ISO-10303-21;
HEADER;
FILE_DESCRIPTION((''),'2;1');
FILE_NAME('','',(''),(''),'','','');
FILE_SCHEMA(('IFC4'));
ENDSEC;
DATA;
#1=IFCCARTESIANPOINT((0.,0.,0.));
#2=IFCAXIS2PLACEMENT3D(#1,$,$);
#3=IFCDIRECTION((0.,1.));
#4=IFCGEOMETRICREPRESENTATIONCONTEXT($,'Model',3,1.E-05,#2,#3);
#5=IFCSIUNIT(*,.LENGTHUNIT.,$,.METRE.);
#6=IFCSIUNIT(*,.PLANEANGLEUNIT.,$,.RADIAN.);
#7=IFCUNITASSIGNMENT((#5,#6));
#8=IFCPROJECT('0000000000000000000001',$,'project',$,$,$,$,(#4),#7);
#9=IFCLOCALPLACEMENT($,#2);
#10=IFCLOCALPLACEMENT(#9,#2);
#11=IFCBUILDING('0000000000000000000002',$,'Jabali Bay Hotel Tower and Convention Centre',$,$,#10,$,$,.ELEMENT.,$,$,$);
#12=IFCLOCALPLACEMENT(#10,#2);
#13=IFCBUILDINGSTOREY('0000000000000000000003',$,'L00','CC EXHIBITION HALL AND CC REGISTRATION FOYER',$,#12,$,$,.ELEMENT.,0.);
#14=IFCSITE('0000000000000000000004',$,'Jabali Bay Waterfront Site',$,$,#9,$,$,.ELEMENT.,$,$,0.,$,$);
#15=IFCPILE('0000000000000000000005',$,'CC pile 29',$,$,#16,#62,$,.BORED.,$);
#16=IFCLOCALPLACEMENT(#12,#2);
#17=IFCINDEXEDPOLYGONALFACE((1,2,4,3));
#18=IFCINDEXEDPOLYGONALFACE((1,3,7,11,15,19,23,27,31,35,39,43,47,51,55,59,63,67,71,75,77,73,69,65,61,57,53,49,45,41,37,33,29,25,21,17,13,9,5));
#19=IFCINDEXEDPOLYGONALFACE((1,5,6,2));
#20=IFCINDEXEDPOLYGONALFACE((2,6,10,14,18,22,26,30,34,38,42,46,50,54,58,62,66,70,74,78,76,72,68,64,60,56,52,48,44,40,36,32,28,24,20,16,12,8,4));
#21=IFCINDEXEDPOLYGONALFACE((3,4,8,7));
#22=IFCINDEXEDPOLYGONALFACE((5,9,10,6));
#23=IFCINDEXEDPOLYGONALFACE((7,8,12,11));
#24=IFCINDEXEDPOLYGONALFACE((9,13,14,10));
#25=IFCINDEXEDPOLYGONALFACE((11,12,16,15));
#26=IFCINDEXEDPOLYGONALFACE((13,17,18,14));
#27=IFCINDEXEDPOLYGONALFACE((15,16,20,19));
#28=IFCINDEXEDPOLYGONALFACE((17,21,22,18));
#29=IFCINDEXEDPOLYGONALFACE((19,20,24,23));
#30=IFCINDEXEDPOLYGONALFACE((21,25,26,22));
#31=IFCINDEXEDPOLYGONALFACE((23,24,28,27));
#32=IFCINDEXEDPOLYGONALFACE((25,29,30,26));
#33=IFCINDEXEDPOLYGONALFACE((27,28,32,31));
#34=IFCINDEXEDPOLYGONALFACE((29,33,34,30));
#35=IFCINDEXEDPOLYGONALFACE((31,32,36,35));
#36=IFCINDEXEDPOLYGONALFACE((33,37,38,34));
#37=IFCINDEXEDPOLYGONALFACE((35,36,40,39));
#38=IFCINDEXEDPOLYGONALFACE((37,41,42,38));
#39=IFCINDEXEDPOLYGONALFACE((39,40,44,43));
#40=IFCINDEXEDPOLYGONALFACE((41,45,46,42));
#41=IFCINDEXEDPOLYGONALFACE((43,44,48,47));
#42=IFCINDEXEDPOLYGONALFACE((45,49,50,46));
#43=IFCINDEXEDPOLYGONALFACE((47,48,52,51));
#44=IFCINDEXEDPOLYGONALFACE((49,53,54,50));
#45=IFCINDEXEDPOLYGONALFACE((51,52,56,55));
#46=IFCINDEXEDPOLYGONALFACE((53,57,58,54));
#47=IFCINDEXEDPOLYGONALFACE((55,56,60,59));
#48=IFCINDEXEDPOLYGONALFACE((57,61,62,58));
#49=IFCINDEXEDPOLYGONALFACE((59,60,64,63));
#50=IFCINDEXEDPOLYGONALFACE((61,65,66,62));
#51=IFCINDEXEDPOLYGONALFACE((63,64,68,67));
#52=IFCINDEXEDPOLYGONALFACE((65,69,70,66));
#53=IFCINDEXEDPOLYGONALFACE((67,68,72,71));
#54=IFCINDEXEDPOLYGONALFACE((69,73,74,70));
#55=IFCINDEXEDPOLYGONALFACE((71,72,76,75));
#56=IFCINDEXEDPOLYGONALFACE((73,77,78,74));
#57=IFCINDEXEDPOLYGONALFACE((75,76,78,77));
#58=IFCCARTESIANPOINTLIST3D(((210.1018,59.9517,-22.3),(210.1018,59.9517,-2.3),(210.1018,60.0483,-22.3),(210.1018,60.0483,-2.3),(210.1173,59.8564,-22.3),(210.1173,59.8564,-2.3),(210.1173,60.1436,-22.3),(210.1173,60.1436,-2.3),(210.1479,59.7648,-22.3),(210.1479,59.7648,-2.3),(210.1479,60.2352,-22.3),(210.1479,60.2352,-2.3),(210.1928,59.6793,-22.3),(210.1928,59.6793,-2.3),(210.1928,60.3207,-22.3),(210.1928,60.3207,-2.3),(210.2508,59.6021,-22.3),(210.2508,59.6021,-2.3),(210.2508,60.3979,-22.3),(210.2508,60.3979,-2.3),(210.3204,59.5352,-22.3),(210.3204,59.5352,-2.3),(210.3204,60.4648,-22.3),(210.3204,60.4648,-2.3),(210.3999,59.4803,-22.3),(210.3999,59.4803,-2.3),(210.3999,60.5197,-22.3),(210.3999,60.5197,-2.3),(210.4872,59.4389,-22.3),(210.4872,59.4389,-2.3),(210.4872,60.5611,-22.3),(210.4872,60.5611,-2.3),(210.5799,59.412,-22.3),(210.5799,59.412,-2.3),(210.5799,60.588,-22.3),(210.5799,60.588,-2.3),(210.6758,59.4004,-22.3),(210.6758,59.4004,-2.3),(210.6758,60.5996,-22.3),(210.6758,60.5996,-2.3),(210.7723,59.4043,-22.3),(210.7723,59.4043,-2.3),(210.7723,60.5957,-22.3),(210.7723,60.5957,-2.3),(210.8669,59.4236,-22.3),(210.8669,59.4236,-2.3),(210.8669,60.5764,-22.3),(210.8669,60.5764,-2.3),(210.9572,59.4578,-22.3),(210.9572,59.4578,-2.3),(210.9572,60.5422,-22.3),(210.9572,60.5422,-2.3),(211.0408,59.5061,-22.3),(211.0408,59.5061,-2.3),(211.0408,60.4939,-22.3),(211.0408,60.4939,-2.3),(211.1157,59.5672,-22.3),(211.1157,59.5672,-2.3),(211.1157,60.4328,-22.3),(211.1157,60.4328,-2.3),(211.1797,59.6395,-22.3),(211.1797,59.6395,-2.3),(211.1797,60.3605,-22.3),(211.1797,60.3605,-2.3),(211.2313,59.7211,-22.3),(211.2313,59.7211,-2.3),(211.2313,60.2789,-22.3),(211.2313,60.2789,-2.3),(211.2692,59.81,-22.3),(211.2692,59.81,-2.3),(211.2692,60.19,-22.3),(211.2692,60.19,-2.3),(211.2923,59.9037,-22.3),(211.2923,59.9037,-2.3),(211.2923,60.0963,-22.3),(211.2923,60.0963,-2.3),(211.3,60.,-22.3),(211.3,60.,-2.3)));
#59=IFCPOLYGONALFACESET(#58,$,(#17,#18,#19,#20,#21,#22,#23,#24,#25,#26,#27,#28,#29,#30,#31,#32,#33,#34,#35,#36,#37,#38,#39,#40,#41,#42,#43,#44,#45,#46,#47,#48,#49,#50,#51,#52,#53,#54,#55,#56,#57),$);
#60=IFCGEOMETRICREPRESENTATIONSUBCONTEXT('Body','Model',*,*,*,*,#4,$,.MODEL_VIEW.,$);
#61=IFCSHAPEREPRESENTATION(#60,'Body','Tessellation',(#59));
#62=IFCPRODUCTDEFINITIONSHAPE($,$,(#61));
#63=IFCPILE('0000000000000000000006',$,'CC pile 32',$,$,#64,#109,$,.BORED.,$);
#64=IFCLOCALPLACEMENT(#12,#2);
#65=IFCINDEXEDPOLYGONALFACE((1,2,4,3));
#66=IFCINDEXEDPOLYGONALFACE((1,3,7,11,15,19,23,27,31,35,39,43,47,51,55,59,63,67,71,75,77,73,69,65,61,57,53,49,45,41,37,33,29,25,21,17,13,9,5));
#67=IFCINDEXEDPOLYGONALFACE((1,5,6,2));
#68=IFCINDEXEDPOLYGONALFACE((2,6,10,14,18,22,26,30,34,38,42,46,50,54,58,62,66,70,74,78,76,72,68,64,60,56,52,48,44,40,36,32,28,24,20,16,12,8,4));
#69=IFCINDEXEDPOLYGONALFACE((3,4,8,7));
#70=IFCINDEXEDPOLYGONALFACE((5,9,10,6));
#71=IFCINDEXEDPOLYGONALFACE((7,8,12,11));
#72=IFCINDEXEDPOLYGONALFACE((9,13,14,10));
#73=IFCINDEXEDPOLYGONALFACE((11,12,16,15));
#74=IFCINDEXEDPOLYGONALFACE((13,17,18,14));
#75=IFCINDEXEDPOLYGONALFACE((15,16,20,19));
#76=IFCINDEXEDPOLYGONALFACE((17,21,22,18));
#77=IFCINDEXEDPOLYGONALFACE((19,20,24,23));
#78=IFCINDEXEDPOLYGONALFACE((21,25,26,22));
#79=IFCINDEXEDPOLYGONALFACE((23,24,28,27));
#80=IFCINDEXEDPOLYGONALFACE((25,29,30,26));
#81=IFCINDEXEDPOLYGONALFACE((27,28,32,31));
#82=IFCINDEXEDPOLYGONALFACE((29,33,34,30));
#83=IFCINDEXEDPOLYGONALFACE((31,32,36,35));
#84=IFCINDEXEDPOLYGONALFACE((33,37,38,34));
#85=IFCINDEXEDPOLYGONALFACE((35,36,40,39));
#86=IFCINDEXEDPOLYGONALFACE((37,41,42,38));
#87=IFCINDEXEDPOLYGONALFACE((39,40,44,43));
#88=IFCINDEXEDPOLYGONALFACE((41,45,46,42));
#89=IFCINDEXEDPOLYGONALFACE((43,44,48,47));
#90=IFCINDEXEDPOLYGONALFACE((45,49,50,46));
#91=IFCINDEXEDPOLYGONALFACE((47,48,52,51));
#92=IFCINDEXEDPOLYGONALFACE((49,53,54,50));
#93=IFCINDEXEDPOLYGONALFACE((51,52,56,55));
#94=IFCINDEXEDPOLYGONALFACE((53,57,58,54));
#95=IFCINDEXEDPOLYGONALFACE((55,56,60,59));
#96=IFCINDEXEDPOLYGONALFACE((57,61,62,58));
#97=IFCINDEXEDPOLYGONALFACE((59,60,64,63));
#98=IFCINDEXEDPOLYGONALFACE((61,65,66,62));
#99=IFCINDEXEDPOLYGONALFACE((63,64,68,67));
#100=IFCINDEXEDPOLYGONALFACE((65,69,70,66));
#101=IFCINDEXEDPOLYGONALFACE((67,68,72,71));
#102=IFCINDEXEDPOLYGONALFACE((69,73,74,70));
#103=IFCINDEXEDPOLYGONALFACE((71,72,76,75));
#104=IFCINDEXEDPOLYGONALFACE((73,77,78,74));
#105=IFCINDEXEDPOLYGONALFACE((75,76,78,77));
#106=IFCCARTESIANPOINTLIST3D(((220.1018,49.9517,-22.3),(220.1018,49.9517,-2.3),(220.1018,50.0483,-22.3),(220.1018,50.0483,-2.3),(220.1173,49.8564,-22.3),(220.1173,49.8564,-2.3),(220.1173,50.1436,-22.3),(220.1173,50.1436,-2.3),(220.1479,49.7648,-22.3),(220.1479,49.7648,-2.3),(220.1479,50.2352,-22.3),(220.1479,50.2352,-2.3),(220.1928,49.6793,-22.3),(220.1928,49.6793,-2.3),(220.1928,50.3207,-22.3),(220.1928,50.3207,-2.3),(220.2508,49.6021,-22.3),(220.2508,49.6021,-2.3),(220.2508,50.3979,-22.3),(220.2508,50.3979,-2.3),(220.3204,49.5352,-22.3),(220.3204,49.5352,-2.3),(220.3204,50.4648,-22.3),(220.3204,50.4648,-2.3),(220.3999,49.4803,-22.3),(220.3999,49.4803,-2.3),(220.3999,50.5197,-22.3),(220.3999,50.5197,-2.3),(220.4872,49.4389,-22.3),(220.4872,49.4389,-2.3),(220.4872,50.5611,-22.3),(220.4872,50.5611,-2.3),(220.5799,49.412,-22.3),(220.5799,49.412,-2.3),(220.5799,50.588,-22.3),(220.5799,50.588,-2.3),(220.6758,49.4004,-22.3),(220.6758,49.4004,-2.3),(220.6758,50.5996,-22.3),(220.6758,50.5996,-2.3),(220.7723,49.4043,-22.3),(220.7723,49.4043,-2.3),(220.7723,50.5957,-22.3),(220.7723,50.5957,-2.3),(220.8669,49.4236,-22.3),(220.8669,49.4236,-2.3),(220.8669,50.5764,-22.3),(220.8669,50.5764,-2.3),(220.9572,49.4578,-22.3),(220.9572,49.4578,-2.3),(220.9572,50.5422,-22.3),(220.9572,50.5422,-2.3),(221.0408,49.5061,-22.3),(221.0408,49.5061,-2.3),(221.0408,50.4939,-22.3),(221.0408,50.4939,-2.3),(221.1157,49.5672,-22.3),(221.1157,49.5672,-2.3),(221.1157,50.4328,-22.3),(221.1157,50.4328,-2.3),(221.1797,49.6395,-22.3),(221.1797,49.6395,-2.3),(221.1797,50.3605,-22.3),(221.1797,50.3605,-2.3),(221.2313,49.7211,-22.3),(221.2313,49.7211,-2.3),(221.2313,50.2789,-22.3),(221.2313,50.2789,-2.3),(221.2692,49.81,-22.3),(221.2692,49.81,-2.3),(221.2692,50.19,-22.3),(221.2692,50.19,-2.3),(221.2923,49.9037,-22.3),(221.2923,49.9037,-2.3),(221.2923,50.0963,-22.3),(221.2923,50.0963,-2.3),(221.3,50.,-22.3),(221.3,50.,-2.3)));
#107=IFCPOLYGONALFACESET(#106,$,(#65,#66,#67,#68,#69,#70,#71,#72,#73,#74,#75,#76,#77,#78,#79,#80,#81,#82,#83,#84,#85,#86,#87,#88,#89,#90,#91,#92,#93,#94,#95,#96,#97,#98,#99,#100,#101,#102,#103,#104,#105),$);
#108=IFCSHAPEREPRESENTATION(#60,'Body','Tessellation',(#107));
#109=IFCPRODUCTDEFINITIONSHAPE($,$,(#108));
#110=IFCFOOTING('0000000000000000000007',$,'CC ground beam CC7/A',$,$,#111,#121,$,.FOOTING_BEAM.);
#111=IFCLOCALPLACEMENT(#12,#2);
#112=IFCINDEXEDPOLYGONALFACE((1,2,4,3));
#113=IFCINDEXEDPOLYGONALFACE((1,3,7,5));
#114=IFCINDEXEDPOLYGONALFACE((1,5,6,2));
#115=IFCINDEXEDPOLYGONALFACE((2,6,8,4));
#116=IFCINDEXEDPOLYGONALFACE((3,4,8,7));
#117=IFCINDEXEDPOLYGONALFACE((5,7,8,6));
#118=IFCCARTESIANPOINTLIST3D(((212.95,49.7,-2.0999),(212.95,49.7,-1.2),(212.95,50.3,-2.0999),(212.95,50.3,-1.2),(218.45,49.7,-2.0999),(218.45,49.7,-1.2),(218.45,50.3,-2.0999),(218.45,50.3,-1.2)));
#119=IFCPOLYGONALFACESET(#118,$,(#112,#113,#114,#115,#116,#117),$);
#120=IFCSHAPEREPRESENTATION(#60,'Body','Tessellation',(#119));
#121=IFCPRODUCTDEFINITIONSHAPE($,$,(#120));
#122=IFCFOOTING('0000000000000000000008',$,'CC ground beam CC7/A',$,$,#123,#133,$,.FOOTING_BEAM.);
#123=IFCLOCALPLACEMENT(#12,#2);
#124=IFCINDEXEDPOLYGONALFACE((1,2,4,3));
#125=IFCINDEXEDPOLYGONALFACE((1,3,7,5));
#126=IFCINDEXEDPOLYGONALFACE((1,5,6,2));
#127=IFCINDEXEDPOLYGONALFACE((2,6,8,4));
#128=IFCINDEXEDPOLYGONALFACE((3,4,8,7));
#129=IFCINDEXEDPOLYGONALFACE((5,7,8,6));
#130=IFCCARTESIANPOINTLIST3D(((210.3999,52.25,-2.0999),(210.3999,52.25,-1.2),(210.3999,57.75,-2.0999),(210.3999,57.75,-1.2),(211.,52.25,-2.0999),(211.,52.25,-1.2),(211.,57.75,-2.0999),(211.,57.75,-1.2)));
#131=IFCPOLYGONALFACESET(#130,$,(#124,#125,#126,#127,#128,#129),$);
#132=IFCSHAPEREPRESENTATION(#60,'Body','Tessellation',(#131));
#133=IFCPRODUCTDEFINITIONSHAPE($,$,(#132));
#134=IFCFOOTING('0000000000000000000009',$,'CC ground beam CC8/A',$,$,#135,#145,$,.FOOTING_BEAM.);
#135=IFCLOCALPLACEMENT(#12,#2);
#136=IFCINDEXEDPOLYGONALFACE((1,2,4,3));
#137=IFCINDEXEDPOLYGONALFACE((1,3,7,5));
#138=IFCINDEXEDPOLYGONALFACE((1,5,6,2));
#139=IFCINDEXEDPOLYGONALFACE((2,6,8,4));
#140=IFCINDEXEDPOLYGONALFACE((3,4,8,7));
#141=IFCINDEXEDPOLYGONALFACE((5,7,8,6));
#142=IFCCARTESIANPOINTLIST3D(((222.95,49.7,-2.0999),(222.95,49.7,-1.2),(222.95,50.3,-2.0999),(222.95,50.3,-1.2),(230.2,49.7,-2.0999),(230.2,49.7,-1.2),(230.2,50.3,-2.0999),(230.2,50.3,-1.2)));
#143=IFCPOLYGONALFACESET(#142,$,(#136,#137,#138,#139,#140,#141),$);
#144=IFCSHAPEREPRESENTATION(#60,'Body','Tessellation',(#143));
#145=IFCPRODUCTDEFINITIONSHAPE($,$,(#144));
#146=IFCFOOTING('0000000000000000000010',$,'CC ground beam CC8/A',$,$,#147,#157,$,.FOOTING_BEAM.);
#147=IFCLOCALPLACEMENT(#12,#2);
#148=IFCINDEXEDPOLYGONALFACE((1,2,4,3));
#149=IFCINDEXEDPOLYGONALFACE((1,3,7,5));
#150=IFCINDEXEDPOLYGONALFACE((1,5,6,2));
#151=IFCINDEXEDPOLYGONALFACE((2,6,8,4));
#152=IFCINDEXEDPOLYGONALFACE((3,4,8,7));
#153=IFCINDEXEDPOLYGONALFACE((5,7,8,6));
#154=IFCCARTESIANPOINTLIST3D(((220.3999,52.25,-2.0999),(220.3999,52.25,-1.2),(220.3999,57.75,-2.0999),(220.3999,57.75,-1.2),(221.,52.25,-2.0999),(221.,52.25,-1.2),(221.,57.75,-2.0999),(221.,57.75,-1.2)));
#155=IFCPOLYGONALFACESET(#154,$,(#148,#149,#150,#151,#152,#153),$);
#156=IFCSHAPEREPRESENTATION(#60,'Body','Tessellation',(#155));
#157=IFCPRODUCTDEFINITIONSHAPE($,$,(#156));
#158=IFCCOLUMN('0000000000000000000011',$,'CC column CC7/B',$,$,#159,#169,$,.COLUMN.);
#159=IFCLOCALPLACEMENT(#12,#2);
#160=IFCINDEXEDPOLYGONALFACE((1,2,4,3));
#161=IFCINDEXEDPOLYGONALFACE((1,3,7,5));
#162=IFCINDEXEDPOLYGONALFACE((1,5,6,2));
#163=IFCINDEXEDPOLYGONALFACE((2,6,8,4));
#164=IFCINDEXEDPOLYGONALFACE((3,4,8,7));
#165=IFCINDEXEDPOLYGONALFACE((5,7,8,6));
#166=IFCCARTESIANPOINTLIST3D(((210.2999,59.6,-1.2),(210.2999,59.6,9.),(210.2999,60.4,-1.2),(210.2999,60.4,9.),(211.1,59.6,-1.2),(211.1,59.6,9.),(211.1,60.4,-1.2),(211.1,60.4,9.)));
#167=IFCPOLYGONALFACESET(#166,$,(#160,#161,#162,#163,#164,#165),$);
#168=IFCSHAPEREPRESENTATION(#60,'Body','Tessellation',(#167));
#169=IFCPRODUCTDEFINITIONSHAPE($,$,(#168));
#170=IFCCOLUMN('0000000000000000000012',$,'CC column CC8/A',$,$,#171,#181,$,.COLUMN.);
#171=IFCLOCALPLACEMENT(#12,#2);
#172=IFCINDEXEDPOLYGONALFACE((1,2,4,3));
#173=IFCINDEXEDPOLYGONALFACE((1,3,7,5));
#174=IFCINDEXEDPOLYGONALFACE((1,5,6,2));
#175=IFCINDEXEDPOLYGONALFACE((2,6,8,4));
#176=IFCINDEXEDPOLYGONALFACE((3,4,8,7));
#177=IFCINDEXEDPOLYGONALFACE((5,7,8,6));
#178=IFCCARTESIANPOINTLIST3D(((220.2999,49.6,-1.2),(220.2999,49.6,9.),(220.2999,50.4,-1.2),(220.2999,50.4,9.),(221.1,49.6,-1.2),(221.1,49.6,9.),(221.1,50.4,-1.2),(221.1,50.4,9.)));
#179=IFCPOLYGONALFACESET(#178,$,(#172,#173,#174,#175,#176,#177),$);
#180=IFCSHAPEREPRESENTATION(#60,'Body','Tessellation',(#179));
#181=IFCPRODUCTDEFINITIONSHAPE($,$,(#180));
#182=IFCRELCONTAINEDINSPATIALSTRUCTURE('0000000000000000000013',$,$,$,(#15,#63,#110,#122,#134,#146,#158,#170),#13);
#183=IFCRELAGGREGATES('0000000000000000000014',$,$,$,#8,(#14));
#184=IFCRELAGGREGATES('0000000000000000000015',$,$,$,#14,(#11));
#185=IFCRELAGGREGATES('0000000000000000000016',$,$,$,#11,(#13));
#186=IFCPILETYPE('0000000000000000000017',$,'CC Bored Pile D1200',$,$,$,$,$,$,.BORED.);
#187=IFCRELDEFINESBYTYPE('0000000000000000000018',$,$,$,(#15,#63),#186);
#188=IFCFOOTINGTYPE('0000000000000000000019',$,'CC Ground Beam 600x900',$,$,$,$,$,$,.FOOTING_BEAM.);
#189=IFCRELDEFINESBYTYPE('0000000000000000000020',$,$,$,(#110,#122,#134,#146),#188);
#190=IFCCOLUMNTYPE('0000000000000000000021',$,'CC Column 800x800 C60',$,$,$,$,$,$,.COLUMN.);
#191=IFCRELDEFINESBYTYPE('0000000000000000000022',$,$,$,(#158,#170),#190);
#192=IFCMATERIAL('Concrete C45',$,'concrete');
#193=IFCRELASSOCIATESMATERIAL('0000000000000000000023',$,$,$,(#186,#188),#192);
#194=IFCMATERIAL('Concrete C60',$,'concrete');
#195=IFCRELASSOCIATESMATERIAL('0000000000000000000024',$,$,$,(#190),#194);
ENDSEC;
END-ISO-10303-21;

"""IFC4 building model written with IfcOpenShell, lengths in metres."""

from ifc_helpers import new_model, si_unit, direction, frame, origin, origin_2d, place, context, subcontext, project, spatial, rectangle, circle, extrude, material, material_profile, profile_set, type_object, element, save


model = new_model("IFC4")

# Units and contexts
model_context = context("Model", 3, precision=1e-05, world=origin(), true_north=direction((0.0, 1.0)))
body_context = subcontext(model_context, "Body", "Model", "MODEL_VIEW")
ifc_project = project(units=[si_unit("LENGTHUNIT", "METRE"), si_unit("PLANEANGLEUNIT", "RADIAN")], contexts=[model_context])

# Site, building, storey
site_placement = place(None, origin())
site = spatial("IfcSite", under=ifc_project, at=site_placement, Name="Jabali Bay Waterfront Site", CompositionType="ELEMENT", RefElevation=0.0)
building_placement = place(site_placement, origin())
building = spatial("IfcBuilding", under=site, at=building_placement, Name="Jabali Bay Hotel Tower and Convention Centre", CompositionType="ELEMENT")
storey_placement = place(building_placement, origin())
storey = spatial("IfcBuildingStorey", under=building, at=storey_placement, Name="L00", Description="CC EXHIBITION HALL AND CC REGISTRATION FOYER", CompositionType="ELEMENT", Elevation=0.0)

# Piles
ifc_material_1 = material(Name="Concrete C45", Category="concrete")
ifc_material_profile_1 = material_profile(ifc_material_1, circle(Radius=0.6001, at=origin_2d()), Name="D1200")
ifc_profile_set_1 = profile_set([ifc_material_profile_1], Name="Concrete C45")
pile_type = type_object("IfcPileType", Name="CC Bored Pile D1200", PredefinedType="BORED", material=ifc_profile_set_1)
for number, where, z_axis, x_axis, name in (
    (1, (210.7, 60.0, -2.3), (0.0, 0.0, -1.0), (1.0, 0.0, 0.0), "CC pile 29"),
    (2, (220.7, 50.0, -2.3), (0.0, 0.0, -1.0), (1.0, 0.0, 0.0), "CC pile 32"),
):
    element("IfcPile", number, at=place(storey_placement, frame(where, z_axis=z_axis, x_axis=x_axis)), inside=storey, type_object=pile_type, Name=name, PredefinedType="BORED", context=body_context, shape_type="SweptSolid", body=[
        extrude(circle(Radius=0.6001, at=origin_2d()), origin(), (0.0, 0.0, 1.0), 20.0),
    ])

# Footings
ifc_material_profile_2 = material_profile(ifc_material_1, rectangle(XDim=0.6001, YDim=0.8999, at=origin_2d()), Name="RC 600x900")
ifc_profile_set_2 = profile_set([ifc_material_profile_2], Name="Concrete C45")
footing_type = type_object("IfcFootingType", Name="CC Ground Beam 600x900", PredefinedType="FOOTING_BEAM", material=ifc_profile_set_2)
for number, where, z_axis, x_axis, name in (
    (3, (212.95, 50.0, -1.6499), (1.0, 0.0, 0.0), (0.0, 1.0, 0.0), "CC ground beam CC7/A"),
    (4, (210.7, 52.25, -1.6499), (0.0, 1.0, 0.0), (-1.0, 0.0, 0.0), "CC ground beam CC7/A"),
):
    element("IfcFooting", number, at=place(storey_placement, frame(where, z_axis=z_axis, x_axis=x_axis)), inside=storey, type_object=footing_type, Name=name, PredefinedType="FOOTING_BEAM", context=body_context, shape_type="SweptSolid", body=[
        extrude(rectangle(XDim=0.6001, YDim=0.8999, at=origin_2d()), origin(), (0.0, 0.0, 1.0), 5.5),
    ])
footing_1_placement = place(storey_placement, frame((222.95, 50.0, -1.6499), z_axis=(1.0, 0.0, 0.0), x_axis=(0.0, 1.0, 0.0)))
element("IfcFooting", 5, at=footing_1_placement, inside=storey, type_object=footing_type, Name="CC ground beam CC8/A", PredefinedType="FOOTING_BEAM", context=body_context, shape_type="SweptSolid", body=[
    extrude(rectangle(XDim=0.6001, YDim=0.8999, at=origin_2d()), origin(), (0.0, 0.0, 1.0), 7.25),
])
footing_2_placement = place(storey_placement, frame((220.7, 52.25, -1.6499), z_axis=(0.0, 1.0, 0.0), x_axis=(-1.0, 0.0, 0.0)))
element("IfcFooting", 6, at=footing_2_placement, inside=storey, type_object=footing_type, Name="CC ground beam CC8/A", PredefinedType="FOOTING_BEAM", context=body_context, shape_type="SweptSolid", body=[
    extrude(rectangle(XDim=0.6001, YDim=0.8999, at=origin_2d()), origin(), (0.0, 0.0, 1.0), 5.5),
])

# Columns
ifc_material_2 = material(Name="Concrete C60", Category="concrete")
ifc_material_profile_3 = material_profile(ifc_material_2, rectangle(XDim=0.8, YDim=0.8, at=origin_2d()), Name="RC 800x800")
ifc_profile_set_3 = profile_set([ifc_material_profile_3], Name="Concrete C60")
column_type = type_object("IfcColumnType", Name="CC Column 800x800 C60", PredefinedType="COLUMN", material=ifc_profile_set_3)
for number, where, z_axis, x_axis, name in (
    (7, (210.7, 60.0, -1.2), (0.0, 0.0, 1.0), (1.0, 0.0, 0.0), "CC column CC7/B"),
    (8, (220.7, 50.0, -1.2), (0.0, 0.0, 1.0), (1.0, 0.0, 0.0), "CC column CC8/A"),
):
    element("IfcColumn", number, at=place(storey_placement, frame(where, z_axis=z_axis, x_axis=x_axis)), inside=storey, type_object=column_type, Name=name, PredefinedType="COLUMN", context=body_context, shape_type="SweptSolid", body=[
        extrude(rectangle(XDim=0.8, YDim=0.8, at=origin_2d()), origin(), (0.0, 0.0, 1.0), 10.2),
    ])

save(model, "model.ifc")
